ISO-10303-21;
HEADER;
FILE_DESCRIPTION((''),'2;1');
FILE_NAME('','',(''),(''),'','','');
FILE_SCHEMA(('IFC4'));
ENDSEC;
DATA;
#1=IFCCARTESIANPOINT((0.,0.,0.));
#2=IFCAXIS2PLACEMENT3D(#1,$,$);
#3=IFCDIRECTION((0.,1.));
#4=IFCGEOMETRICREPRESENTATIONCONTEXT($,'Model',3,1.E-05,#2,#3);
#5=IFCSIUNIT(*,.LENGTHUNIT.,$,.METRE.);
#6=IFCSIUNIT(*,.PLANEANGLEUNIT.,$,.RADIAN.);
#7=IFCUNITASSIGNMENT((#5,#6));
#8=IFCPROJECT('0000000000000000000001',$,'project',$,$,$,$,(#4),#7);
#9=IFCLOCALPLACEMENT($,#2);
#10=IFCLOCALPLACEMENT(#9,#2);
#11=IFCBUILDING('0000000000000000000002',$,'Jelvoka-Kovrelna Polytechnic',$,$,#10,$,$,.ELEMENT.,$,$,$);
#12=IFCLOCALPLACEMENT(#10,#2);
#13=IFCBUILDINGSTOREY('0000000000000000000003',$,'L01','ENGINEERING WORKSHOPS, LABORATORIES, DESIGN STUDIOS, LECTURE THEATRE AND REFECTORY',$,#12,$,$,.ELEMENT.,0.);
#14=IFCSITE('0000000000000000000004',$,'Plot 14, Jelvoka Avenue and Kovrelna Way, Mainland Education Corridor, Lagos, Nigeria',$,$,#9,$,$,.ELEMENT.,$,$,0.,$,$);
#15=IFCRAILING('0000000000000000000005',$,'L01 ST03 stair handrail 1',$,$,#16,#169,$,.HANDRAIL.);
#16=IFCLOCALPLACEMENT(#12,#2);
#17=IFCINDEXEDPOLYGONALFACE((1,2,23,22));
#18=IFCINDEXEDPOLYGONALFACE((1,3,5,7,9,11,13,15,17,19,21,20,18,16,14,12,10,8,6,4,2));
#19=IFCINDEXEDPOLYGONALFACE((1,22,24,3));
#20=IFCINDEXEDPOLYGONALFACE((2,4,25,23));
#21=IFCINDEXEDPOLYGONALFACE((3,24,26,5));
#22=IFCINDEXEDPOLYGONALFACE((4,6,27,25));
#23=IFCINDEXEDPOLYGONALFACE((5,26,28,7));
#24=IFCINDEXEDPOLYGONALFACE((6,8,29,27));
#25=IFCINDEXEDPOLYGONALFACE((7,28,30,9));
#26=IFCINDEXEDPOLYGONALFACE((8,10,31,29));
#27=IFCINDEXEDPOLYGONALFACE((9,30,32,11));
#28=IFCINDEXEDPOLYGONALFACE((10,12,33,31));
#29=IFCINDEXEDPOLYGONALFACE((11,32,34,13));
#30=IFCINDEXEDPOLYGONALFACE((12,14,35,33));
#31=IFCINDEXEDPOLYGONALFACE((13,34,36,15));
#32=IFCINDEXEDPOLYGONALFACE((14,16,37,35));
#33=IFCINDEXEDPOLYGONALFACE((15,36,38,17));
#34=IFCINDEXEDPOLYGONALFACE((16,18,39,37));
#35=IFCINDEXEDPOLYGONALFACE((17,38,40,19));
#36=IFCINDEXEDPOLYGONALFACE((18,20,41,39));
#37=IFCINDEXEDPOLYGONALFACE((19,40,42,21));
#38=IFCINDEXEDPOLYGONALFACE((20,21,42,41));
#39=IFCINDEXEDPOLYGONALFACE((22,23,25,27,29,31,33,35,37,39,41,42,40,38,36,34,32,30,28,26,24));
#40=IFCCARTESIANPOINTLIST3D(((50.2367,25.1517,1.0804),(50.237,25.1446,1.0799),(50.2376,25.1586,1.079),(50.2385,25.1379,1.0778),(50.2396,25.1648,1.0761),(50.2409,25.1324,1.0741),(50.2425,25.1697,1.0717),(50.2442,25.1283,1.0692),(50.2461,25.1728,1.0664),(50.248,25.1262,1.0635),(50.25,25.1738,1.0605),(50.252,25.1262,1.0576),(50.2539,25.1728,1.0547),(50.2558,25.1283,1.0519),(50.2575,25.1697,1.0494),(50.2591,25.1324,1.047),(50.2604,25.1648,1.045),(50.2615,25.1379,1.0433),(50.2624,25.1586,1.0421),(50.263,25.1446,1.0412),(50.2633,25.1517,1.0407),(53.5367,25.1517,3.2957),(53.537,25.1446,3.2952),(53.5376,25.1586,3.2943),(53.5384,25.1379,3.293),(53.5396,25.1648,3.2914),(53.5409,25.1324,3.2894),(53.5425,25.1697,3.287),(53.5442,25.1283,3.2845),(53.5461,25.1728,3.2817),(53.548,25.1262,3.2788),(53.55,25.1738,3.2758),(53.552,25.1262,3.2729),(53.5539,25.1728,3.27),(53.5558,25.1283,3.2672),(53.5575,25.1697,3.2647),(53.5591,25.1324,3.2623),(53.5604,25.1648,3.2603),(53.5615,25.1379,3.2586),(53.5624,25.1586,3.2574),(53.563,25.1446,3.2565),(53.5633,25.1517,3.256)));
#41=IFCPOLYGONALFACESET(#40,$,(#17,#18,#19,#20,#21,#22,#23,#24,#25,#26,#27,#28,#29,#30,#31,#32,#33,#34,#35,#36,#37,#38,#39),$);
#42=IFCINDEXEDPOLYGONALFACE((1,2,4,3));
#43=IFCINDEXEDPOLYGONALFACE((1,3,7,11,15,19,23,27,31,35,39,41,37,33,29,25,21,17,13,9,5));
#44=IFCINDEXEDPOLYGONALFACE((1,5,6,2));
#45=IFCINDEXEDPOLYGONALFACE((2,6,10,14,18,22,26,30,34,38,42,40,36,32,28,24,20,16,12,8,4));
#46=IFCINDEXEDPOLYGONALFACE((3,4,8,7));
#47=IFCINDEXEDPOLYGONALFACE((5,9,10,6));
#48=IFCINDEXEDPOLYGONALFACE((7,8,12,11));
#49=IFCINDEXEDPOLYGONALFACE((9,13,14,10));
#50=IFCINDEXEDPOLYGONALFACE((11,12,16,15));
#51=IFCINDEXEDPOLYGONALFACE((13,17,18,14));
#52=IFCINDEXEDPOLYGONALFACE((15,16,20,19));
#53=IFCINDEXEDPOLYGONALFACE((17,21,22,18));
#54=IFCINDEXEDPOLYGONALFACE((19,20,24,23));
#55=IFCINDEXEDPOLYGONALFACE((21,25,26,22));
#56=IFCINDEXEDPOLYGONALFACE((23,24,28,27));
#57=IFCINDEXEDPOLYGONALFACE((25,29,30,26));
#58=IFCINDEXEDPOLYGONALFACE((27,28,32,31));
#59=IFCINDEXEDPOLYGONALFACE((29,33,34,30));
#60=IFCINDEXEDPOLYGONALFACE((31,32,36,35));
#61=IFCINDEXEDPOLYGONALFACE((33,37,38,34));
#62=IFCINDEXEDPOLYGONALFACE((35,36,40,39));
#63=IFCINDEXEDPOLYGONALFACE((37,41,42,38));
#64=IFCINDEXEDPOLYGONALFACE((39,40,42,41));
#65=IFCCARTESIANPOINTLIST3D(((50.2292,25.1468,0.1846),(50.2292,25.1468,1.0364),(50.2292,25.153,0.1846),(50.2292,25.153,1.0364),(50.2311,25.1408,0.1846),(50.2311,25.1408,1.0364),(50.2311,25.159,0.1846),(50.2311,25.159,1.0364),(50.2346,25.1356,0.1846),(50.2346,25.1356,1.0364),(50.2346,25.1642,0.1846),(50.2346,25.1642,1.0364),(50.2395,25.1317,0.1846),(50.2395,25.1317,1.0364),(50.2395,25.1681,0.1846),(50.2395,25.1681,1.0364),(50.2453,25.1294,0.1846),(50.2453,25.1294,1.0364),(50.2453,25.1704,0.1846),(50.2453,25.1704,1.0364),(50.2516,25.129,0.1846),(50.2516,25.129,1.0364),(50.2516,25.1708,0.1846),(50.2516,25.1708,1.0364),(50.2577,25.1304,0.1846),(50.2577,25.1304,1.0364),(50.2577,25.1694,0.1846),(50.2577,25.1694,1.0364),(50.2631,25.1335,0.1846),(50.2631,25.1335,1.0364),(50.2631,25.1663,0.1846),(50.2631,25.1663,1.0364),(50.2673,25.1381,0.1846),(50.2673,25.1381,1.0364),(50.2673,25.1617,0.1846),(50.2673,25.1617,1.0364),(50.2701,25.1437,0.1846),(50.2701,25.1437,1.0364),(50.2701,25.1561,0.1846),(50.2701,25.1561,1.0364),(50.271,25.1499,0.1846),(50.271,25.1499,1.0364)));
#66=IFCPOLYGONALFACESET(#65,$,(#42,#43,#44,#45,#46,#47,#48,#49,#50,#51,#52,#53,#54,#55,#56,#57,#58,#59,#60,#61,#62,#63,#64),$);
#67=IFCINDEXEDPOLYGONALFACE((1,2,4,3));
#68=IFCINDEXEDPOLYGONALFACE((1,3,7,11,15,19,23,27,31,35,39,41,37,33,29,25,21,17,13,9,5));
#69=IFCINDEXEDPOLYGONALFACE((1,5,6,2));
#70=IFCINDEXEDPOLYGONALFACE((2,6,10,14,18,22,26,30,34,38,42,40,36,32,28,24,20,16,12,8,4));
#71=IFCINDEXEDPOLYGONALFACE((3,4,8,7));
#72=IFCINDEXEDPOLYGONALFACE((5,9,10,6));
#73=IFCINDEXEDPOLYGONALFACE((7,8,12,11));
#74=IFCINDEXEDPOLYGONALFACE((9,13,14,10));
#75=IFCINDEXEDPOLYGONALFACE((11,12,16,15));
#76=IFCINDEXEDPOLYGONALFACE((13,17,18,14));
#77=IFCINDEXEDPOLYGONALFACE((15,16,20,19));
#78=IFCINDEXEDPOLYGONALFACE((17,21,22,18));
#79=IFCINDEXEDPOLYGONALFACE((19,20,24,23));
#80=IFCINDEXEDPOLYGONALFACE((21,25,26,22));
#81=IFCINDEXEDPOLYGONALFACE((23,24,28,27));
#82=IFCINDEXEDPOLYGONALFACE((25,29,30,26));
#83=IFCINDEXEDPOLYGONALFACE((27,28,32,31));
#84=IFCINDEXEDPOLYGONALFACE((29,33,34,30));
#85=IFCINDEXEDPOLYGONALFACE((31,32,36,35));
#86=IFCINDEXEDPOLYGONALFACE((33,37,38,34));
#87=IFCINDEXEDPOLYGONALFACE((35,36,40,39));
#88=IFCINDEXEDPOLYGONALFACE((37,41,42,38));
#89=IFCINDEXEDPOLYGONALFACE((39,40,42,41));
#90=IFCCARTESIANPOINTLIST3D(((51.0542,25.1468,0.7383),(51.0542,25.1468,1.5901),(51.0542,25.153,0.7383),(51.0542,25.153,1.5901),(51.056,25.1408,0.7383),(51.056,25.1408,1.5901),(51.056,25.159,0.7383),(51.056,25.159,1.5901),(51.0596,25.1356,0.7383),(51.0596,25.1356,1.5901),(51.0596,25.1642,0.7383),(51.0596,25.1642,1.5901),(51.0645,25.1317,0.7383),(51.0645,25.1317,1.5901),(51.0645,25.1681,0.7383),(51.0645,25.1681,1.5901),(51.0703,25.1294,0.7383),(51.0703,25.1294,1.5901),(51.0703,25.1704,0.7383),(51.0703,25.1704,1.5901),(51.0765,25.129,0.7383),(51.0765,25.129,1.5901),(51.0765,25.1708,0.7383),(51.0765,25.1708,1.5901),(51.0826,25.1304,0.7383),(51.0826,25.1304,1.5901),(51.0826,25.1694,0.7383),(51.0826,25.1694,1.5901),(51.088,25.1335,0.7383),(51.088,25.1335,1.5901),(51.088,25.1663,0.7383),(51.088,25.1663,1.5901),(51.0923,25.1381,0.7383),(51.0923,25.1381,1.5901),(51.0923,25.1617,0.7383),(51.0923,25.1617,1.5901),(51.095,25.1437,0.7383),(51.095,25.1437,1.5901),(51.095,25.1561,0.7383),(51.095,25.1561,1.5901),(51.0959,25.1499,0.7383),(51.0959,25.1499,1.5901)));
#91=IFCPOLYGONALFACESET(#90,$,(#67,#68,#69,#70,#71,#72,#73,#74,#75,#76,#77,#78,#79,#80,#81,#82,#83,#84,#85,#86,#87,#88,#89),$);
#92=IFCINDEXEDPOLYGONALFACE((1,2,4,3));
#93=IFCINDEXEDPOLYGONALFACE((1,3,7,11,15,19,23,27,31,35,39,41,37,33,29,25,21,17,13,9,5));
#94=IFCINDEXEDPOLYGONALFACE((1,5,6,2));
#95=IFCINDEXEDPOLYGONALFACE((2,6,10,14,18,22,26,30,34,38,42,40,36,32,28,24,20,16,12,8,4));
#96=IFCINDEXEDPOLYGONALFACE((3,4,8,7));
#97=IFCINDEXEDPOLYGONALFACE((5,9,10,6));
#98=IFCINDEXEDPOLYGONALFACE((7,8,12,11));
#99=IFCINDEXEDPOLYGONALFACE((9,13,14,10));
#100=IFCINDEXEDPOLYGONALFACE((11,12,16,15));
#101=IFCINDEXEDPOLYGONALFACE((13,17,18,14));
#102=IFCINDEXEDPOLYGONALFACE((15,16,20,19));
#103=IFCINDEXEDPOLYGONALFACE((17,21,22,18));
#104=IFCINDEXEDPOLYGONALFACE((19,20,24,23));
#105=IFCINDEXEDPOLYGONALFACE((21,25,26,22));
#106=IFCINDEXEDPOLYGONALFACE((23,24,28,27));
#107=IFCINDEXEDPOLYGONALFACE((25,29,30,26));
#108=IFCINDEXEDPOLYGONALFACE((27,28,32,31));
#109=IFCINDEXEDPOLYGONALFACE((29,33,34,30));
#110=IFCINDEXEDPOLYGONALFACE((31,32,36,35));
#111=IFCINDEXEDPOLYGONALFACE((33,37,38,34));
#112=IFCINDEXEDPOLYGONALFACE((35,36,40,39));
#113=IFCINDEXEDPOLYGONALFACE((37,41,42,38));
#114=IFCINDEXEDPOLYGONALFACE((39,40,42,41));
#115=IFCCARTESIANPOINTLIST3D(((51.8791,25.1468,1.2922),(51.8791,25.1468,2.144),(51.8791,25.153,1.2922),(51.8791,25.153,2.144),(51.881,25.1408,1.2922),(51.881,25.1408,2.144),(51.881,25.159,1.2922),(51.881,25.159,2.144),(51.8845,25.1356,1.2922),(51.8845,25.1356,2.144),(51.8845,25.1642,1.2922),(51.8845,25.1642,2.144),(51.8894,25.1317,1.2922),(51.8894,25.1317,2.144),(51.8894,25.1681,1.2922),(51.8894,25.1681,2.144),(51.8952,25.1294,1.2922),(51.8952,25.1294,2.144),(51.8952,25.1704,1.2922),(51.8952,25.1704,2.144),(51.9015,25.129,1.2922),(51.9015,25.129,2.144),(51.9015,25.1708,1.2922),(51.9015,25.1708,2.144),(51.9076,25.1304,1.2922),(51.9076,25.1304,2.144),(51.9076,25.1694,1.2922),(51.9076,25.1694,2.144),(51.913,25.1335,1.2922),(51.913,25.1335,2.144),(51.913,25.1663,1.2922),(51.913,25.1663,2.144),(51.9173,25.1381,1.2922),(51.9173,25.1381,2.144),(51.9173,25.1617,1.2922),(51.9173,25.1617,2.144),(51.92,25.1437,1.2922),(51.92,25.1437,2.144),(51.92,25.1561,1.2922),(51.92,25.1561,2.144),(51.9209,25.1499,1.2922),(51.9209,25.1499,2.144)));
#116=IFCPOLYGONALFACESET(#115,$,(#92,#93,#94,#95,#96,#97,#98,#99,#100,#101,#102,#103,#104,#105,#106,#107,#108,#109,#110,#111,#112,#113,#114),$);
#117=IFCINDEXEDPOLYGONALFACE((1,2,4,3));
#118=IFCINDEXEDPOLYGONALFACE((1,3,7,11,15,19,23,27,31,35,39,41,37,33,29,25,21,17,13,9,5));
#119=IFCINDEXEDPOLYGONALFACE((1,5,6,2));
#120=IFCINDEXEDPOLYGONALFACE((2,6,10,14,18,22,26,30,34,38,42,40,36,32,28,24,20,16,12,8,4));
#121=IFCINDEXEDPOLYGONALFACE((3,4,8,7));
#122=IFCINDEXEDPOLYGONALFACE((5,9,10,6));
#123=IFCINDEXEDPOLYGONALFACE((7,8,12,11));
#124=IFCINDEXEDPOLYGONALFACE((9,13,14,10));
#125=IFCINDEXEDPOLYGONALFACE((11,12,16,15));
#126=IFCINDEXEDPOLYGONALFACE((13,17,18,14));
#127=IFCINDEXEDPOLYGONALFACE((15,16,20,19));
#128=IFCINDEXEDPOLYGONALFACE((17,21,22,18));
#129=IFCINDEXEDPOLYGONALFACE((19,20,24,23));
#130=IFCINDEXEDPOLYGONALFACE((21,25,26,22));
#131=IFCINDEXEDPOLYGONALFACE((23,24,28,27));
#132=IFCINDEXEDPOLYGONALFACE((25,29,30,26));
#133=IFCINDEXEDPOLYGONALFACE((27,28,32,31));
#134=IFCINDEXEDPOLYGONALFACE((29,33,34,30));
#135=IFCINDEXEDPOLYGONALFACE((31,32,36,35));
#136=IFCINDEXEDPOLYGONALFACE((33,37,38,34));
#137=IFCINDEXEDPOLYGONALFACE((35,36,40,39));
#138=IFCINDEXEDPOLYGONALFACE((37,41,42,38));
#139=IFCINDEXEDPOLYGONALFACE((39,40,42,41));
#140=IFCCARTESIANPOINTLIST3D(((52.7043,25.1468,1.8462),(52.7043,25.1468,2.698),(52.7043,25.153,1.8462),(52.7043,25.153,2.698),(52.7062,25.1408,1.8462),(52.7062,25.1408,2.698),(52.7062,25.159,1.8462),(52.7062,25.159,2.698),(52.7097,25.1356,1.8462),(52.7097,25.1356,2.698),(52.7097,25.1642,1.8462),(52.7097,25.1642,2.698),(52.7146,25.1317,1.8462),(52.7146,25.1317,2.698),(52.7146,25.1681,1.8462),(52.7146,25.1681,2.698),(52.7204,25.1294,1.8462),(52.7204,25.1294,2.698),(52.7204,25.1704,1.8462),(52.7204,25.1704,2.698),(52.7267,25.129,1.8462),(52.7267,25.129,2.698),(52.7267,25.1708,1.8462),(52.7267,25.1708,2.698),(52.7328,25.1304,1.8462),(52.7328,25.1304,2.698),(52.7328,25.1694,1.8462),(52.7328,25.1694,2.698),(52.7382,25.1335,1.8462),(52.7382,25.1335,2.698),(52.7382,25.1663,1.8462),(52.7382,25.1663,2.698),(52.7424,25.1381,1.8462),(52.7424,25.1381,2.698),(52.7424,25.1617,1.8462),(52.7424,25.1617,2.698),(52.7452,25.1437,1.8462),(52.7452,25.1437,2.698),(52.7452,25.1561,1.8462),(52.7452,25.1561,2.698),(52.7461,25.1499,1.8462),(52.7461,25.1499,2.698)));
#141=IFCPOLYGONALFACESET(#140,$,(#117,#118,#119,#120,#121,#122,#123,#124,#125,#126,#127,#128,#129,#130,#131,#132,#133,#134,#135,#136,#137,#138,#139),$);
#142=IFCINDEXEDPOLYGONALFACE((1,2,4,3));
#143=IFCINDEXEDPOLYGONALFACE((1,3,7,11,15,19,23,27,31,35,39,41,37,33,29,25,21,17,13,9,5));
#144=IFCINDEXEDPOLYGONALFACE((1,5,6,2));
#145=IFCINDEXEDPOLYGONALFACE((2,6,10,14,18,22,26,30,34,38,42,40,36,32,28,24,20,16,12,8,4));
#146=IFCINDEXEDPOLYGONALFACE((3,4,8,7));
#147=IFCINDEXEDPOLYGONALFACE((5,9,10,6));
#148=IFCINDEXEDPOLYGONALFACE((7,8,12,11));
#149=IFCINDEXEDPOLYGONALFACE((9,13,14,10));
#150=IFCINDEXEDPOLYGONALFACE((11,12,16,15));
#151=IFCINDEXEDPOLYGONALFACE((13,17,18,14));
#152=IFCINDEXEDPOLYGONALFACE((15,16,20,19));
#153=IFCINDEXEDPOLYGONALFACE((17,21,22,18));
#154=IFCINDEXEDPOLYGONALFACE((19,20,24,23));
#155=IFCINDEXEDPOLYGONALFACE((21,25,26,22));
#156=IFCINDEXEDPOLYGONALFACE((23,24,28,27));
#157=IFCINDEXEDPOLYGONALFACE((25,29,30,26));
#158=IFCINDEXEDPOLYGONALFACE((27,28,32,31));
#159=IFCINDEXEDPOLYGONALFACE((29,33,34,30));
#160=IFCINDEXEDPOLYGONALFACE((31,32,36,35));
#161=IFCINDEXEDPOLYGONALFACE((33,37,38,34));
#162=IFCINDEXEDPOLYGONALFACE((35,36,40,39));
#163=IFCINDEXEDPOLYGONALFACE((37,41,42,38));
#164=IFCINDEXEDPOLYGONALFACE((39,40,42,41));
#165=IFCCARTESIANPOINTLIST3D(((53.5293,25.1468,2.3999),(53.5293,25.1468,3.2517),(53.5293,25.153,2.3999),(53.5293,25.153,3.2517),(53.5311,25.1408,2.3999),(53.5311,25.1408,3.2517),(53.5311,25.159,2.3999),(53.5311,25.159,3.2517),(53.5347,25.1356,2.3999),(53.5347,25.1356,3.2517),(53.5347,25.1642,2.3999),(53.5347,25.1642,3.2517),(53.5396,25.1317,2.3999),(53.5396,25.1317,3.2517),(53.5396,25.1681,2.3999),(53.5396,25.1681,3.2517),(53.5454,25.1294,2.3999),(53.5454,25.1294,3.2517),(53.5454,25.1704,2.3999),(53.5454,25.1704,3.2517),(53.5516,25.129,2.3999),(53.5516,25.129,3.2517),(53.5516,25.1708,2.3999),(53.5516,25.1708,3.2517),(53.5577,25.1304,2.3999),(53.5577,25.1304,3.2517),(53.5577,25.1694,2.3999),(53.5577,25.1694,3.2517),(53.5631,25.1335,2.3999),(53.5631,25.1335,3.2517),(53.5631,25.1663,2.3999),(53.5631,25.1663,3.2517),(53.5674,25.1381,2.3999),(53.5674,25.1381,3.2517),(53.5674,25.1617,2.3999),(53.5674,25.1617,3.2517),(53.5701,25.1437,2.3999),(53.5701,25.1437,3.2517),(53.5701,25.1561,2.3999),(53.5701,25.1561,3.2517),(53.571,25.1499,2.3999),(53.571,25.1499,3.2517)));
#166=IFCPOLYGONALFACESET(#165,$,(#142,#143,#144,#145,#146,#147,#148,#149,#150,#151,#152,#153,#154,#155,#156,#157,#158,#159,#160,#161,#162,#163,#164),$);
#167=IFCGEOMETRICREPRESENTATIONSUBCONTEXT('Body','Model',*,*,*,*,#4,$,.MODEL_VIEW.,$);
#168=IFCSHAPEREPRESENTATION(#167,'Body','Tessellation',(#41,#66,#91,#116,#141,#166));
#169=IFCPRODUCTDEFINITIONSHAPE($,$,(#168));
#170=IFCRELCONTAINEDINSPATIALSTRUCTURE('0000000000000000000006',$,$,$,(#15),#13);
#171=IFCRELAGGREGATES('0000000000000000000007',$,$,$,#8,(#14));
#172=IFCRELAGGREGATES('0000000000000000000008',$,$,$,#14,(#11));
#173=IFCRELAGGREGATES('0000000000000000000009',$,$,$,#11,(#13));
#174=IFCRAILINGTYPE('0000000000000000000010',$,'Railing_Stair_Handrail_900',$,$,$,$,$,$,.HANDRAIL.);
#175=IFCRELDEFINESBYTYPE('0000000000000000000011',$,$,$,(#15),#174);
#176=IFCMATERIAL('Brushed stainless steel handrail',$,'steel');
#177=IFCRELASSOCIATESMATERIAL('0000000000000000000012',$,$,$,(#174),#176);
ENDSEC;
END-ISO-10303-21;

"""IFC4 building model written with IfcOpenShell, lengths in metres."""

from ifc_helpers import new_model, si_unit, direction, frame, origin, origin_2d, place, context, subcontext, project, spatial, circle, extrude, material, type_object, element, save


model = new_model("IFC4")

# Units and contexts
model_context = context("Model", 3, precision=1e-05, world=origin(), true_north=direction((0.0, 1.0)))
body_context = subcontext(model_context, "Body", "Model", "MODEL_VIEW")
ifc_project = project(units=[si_unit("LENGTHUNIT", "METRE"), si_unit("PLANEANGLEUNIT", "RADIAN")], contexts=[model_context])

# Site, building, storey
site_placement = place(None, origin())
site = spatial("IfcSite", under=ifc_project, at=site_placement, Name="Plot 14, Jelvoka Avenue and Kovrelna Way, Mainland Education Corridor, Lagos, Nigeria", CompositionType="ELEMENT", RefElevation=0.0)
building_placement = place(site_placement, origin())
building = spatial("IfcBuilding", under=site, at=building_placement, Name="Jelvoka-Kovrelna Polytechnic", CompositionType="ELEMENT")
storey_placement = place(building_placement, origin())
storey = spatial("IfcBuildingStorey", under=building, at=storey_placement, Name="L01", Description="ENGINEERING WORKSHOPS, LABORATORIES, DESIGN STUDIOS, LECTURE THEATRE AND REFECTORY", CompositionType="ELEMENT", Elevation=0.0)

# Railing
ifc_material_1 = material(Name="Brushed stainless steel handrail", Category="steel")
railing_type_1 = type_object("IfcRailingType", Name="Railing_Stair_Handrail_900", PredefinedType="HANDRAIL", material=ifc_material_1)
railing_1_placement = place(storey_placement, frame((50.25, 25.1499, 0.1846)))
element("IfcRailing", 1, at=railing_1_placement, inside=storey, type_object=railing_type_1, Name="L01 ST03 stair handrail 1", PredefinedType="HANDRAIL", context=body_context, shape_type="SweptSolid", body=[
    extrude(circle(Radius=0.0239, at=origin_2d()), frame((0.0, 0.0, 0.876), z_axis=(0.830269, 0.0, 0.557362), x_axis=(0.0, 1.0, 0.0)), (0.0, 0.0, 1.0), 3.9746),
    extrude(circle(Radius=0.021, at=origin_2d()), origin(), (0.0, 0.0, 1.0), 0.8518),
    extrude(circle(Radius=0.021, at=origin_2d()), frame((0.825, 0.0, 0.5537)), (0.0, 0.0, 1.0), 0.8518),
    extrude(circle(Radius=0.021, at=origin_2d()), frame((1.6499, 0.0, 1.1077)), (0.0, 0.0, 1.0), 0.8518),
    extrude(circle(Radius=0.021, at=origin_2d()), frame((2.4751, 0.0, 1.6616)), (0.0, 0.0, 1.0), 0.8518),
    extrude(circle(Radius=0.021, at=origin_2d()), frame((3.3, 0.0, 2.2153)), (0.0, 0.0, 1.0), 0.8518),
])

save(model, "model.ifc")
